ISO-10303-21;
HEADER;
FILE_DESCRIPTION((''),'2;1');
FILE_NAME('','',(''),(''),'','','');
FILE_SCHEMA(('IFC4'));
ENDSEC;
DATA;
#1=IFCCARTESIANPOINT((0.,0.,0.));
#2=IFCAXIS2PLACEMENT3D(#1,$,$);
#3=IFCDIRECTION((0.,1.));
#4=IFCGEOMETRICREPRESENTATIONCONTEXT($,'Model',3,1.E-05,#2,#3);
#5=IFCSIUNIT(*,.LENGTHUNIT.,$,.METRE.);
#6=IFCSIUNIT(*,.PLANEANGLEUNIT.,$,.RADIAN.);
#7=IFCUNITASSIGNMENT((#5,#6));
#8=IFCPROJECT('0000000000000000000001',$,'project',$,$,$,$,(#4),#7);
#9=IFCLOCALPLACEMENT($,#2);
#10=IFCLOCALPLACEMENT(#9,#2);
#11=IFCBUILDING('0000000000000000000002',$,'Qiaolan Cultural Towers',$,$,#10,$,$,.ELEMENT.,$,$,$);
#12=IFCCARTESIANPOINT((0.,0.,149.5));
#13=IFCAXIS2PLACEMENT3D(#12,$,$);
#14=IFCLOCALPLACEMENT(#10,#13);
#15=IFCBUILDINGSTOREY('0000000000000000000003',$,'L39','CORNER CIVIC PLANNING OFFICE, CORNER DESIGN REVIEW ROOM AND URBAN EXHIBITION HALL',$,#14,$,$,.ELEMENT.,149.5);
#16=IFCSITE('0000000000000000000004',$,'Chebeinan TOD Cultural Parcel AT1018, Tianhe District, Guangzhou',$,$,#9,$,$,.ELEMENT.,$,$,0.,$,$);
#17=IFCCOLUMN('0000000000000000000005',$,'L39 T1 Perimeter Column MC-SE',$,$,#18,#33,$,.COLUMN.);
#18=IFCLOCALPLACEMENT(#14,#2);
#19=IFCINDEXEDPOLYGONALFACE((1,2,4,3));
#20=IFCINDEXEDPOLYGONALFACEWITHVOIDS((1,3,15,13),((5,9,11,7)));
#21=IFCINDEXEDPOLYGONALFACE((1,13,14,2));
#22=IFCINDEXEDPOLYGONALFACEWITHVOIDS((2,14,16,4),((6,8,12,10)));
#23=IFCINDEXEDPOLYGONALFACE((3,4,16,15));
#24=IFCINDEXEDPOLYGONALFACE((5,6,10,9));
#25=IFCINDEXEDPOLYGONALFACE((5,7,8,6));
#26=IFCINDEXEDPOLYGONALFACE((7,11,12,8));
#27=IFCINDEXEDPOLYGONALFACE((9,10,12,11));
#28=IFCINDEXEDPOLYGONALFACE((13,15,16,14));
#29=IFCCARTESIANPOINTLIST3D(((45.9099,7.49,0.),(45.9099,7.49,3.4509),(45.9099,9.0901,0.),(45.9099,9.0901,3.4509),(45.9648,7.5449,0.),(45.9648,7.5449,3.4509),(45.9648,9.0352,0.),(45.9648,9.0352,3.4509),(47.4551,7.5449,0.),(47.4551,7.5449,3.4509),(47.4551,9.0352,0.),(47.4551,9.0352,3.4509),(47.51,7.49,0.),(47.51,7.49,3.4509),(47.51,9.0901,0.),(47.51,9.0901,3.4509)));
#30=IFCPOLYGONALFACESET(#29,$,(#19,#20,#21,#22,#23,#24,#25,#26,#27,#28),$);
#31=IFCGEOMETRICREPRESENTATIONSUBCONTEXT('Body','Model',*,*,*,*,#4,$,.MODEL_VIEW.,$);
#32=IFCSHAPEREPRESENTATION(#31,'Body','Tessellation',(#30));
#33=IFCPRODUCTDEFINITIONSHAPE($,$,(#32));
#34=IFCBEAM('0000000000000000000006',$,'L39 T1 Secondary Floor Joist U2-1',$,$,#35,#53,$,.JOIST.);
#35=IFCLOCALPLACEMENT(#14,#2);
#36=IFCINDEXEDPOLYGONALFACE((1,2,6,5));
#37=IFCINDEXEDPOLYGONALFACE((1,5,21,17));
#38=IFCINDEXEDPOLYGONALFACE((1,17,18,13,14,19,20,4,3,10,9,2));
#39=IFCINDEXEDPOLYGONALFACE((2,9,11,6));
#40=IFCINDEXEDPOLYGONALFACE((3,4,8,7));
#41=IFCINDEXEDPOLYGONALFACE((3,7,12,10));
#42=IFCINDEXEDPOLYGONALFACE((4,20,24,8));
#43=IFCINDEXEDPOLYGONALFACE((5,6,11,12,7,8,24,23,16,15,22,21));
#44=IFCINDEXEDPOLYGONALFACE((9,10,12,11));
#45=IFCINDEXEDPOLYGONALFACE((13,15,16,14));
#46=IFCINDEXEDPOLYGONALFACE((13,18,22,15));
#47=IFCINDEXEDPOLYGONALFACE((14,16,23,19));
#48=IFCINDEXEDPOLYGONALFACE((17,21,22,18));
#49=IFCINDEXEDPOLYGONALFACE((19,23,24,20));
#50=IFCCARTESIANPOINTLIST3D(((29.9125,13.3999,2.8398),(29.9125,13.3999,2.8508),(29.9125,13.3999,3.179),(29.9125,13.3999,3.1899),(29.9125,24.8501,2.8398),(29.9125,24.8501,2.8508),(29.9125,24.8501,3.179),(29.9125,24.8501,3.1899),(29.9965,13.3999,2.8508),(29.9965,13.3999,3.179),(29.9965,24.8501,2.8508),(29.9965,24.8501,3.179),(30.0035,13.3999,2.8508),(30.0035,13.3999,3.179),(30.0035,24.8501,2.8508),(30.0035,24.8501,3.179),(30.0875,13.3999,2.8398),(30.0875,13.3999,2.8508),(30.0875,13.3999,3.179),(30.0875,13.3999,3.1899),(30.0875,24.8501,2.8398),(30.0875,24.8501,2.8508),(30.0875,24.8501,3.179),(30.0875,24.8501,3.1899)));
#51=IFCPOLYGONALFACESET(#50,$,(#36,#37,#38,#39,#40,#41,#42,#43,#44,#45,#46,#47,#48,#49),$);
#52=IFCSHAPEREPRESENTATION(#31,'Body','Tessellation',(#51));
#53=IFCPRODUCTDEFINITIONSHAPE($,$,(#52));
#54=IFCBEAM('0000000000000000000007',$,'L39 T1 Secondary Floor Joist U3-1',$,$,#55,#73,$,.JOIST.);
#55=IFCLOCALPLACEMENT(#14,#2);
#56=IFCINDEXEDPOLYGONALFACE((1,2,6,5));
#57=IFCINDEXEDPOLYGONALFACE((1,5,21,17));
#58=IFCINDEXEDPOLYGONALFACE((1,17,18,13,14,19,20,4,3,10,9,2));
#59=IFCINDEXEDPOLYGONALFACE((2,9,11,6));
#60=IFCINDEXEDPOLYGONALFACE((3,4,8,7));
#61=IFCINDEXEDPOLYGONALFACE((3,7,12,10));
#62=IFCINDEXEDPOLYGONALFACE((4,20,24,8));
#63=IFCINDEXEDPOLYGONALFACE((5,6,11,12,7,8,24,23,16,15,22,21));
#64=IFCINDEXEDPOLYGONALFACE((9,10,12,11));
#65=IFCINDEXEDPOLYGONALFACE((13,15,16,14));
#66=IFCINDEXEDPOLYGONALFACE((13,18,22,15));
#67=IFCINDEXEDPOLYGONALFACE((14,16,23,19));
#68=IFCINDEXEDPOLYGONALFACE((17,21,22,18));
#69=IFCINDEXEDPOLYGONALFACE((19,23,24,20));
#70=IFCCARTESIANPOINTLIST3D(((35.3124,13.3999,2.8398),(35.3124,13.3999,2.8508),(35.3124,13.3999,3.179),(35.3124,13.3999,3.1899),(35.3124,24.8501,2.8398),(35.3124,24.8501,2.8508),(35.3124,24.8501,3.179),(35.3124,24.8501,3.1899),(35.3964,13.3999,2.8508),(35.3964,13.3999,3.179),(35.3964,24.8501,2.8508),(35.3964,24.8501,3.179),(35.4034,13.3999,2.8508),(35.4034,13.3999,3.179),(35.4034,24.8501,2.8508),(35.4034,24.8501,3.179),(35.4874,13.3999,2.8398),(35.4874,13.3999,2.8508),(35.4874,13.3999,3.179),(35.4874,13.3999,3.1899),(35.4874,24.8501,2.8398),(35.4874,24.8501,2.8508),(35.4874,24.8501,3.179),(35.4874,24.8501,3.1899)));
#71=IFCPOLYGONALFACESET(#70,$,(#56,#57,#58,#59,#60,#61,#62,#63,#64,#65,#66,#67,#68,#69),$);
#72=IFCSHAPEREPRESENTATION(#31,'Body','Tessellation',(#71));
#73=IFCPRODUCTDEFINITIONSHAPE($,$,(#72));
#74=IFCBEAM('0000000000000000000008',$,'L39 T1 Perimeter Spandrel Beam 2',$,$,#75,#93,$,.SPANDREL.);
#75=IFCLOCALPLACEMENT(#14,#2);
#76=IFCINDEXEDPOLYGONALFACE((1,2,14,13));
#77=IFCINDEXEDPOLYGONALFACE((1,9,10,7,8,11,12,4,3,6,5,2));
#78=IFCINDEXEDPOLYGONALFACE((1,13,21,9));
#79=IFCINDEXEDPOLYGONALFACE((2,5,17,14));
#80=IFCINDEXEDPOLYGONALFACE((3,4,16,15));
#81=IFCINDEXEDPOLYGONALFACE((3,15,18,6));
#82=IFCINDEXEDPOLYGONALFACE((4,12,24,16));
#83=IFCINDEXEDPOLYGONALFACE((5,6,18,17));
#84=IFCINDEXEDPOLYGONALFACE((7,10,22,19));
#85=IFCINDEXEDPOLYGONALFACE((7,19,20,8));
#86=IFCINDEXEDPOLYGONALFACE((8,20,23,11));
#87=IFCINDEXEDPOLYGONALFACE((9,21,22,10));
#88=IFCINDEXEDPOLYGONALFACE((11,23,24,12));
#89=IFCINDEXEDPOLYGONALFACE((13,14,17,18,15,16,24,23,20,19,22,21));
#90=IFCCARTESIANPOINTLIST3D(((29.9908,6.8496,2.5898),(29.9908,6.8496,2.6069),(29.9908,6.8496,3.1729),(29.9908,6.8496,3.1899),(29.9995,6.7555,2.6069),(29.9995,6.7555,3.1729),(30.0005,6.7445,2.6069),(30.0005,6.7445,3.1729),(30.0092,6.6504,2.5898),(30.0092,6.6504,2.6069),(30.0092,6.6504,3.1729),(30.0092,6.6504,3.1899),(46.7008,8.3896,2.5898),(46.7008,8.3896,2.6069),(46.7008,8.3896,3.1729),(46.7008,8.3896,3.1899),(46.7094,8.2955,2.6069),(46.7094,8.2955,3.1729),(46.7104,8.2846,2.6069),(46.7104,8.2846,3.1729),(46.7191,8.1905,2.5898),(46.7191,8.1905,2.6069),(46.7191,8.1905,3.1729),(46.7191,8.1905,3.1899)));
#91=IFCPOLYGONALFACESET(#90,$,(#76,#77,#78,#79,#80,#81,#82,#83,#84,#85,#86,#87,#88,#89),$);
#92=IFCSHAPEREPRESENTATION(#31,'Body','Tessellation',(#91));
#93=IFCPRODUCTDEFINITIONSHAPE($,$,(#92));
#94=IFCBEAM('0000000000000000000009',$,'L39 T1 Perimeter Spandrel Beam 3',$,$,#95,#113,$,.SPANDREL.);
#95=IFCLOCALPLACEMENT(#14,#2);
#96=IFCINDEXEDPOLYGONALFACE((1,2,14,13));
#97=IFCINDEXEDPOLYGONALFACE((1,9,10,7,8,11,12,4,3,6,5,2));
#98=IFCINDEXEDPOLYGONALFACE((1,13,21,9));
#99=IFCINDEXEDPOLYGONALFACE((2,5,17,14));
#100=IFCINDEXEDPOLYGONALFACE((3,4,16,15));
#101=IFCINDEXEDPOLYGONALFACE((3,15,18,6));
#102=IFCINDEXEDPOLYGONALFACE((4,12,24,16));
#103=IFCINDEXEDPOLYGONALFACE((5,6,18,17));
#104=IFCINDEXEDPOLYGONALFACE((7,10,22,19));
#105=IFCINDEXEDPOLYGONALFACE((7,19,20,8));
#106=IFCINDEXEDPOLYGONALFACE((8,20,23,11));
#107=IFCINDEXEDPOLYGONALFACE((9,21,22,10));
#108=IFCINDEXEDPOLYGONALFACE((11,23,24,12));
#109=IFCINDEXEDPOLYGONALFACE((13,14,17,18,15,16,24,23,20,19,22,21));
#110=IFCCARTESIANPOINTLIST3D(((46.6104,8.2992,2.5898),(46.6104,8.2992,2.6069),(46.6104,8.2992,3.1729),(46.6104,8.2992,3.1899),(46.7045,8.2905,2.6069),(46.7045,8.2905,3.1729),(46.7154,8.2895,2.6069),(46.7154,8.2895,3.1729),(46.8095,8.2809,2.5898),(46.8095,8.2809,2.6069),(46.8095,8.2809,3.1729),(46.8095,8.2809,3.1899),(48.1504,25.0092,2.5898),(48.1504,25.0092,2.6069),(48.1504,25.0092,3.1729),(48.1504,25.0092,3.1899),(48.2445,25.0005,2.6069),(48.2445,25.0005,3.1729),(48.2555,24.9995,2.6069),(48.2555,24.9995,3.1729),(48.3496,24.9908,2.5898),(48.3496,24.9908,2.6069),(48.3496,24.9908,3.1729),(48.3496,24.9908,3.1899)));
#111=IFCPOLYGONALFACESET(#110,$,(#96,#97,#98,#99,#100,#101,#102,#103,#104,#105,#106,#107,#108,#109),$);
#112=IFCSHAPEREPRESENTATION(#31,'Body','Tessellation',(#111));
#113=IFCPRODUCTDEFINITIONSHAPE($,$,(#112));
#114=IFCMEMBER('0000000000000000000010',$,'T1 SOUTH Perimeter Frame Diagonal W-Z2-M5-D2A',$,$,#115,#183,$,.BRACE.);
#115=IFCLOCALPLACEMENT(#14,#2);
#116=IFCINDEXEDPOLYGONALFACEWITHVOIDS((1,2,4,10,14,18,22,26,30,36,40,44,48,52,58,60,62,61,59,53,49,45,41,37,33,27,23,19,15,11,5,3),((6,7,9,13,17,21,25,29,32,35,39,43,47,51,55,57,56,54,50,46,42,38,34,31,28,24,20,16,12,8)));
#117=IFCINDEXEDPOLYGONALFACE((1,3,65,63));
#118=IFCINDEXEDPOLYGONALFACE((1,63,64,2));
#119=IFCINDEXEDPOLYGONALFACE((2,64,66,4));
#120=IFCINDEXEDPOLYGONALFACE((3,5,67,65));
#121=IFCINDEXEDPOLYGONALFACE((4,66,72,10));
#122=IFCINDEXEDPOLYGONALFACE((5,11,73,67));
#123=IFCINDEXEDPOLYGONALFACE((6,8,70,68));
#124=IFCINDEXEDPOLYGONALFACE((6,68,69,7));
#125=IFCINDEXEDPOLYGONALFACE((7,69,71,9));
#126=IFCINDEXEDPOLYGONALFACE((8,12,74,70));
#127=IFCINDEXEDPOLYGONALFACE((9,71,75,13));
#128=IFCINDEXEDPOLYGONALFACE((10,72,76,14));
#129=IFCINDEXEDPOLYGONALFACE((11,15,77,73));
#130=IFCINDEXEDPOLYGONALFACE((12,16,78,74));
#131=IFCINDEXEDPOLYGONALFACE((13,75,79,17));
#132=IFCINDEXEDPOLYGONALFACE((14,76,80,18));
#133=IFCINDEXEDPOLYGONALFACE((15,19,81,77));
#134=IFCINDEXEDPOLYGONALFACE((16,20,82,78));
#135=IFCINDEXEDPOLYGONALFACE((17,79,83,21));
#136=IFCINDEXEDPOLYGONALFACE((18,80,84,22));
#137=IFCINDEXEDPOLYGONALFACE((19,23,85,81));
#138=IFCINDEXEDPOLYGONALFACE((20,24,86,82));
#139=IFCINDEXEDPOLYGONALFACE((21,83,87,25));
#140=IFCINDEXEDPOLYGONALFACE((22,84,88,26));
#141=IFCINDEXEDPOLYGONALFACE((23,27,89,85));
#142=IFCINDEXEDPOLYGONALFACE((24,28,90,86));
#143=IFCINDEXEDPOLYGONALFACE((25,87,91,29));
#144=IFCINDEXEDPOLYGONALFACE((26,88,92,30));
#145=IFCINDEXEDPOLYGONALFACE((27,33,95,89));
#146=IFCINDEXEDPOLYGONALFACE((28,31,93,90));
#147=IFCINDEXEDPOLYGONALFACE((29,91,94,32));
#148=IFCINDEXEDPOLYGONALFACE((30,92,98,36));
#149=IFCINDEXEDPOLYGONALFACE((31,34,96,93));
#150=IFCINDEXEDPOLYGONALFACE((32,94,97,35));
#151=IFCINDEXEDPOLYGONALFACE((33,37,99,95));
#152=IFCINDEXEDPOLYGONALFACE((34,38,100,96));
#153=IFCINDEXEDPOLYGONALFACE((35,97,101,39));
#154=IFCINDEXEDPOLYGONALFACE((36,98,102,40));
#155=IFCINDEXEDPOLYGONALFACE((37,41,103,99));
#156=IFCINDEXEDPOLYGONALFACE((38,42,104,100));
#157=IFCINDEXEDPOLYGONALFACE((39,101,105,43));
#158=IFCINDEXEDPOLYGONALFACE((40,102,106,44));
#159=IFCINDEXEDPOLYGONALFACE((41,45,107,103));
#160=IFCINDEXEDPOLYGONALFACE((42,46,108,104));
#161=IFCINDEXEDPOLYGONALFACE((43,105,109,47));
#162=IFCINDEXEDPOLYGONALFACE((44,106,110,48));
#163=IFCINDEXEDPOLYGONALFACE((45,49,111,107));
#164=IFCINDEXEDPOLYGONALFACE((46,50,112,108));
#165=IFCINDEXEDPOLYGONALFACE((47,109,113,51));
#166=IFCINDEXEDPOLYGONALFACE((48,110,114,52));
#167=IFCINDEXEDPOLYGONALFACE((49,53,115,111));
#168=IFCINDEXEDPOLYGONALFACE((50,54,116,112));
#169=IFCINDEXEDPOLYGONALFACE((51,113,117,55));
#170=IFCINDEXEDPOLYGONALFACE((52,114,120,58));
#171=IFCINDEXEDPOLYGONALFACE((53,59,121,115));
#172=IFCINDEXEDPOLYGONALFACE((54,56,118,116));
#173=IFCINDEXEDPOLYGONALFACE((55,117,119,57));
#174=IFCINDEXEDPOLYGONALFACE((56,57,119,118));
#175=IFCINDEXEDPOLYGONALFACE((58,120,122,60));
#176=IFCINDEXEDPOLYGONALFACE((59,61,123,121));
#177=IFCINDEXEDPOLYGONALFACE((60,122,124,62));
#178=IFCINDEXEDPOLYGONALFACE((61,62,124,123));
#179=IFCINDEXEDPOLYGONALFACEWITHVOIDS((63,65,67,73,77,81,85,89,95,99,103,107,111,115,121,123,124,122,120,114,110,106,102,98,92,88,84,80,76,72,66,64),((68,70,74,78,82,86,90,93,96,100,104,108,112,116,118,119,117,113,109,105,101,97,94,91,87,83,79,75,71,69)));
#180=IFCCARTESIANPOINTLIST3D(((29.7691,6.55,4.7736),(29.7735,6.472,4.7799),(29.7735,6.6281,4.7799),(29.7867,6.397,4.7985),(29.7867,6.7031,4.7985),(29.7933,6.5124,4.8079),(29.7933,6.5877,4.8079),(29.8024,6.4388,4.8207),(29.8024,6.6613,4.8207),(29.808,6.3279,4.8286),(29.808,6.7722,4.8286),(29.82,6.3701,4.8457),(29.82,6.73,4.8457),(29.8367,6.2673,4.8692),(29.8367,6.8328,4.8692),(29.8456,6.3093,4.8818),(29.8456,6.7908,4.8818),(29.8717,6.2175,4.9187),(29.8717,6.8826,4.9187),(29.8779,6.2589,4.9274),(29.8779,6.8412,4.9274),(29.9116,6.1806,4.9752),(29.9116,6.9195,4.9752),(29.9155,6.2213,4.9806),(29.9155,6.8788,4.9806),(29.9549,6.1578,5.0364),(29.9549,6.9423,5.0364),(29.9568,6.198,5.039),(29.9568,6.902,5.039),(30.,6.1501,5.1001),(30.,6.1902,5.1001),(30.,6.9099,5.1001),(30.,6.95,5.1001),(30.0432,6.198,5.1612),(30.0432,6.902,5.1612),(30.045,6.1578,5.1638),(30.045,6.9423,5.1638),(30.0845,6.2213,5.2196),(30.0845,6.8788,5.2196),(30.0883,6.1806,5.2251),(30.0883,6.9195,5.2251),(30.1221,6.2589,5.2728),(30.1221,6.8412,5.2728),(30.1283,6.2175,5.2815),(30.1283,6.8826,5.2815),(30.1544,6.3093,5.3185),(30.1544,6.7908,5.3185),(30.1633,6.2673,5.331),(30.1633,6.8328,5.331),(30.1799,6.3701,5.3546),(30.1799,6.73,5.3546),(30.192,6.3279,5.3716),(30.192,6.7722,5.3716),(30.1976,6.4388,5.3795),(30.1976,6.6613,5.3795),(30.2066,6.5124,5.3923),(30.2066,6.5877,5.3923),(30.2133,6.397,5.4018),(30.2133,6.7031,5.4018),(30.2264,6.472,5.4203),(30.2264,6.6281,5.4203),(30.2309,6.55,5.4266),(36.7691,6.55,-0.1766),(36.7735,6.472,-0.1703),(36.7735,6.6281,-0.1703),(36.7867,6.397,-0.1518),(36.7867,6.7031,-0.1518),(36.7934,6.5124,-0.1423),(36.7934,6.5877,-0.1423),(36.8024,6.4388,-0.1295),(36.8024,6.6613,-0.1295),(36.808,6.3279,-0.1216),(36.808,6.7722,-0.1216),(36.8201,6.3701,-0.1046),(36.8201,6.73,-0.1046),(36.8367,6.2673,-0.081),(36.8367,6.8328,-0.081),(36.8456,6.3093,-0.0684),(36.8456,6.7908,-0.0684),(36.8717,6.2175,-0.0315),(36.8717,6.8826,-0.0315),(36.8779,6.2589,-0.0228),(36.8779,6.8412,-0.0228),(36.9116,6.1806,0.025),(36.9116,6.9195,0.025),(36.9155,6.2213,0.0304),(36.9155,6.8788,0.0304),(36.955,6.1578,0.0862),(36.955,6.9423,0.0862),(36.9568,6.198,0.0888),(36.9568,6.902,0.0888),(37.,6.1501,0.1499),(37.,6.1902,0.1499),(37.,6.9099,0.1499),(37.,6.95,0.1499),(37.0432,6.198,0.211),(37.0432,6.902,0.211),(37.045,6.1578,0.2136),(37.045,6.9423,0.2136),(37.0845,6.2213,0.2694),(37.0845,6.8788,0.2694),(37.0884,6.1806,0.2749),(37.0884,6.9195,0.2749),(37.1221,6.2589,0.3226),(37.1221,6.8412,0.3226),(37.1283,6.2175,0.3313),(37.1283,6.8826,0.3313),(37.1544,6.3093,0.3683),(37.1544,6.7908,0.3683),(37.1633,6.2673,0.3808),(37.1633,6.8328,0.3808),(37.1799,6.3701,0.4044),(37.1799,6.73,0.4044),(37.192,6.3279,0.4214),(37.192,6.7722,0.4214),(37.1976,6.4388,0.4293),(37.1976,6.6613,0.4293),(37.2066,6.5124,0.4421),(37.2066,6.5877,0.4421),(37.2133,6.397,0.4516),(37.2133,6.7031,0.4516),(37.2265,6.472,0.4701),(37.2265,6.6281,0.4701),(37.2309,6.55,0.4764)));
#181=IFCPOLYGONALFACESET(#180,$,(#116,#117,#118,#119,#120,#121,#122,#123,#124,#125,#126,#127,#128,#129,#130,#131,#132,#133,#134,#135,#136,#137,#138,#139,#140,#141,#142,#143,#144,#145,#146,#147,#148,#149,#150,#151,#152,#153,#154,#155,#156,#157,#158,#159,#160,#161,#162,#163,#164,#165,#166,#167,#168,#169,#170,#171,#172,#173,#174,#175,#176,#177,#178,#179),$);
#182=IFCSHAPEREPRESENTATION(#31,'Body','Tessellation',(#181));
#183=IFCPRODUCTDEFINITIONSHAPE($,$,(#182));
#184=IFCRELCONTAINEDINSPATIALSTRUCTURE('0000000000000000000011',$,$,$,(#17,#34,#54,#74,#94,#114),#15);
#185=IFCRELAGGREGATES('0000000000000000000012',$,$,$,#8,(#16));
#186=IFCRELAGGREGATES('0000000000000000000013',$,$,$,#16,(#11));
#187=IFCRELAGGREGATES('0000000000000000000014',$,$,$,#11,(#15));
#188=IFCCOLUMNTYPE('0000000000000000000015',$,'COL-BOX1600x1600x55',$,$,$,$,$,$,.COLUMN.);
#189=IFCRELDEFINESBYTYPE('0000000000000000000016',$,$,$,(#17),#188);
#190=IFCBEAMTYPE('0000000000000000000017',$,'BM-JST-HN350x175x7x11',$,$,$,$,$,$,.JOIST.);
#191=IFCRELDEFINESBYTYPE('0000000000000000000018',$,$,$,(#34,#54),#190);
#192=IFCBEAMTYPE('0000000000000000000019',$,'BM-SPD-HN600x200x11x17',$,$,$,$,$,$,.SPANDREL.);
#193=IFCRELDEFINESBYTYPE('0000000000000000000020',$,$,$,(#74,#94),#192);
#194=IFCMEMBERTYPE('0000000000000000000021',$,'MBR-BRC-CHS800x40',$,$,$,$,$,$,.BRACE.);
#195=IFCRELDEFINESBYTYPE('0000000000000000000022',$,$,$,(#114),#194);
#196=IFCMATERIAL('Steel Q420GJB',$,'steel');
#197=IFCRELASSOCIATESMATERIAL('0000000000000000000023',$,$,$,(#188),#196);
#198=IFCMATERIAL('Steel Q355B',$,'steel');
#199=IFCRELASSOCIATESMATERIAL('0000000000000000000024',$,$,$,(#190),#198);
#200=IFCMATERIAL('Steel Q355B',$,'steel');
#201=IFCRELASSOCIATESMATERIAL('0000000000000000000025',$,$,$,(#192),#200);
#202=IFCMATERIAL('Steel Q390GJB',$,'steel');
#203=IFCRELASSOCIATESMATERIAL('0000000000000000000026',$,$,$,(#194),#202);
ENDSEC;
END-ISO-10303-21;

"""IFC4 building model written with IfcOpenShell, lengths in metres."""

from ifc_helpers import new_model, si_unit, direction, frame, origin, origin_2d, place, context, subcontext, project, spatial, hollow_rectangle, hollow_circle, i_section, extrude, material, material_profile, profile_set, type_object, element, save


model = new_model("IFC4")

# Units and contexts
model_context = context("Model", 3, precision=1e-05, world=origin(), true_north=direction((0.0, 1.0)))
body_context = subcontext(model_context, "Body", "Model", "MODEL_VIEW")
ifc_project = project(units=[si_unit("LENGTHUNIT", "METRE"), si_unit("PLANEANGLEUNIT", "RADIAN")], contexts=[model_context])

# Site, building, storey
site_placement = place(None, origin())
site = spatial("IfcSite", under=ifc_project, at=site_placement, Name="Chebeinan TOD Cultural Parcel AT1018, Tianhe District, Guangzhou", CompositionType="ELEMENT", RefElevation=0.0)
building_placement = place(site_placement, origin())
building = spatial("IfcBuilding", under=site, at=building_placement, Name="Qiaolan Cultural Towers", CompositionType="ELEMENT")
storey_placement = place(building_placement, frame((0.0, 0.0, 149.5)))
storey = spatial("IfcBuildingStorey", under=building, at=storey_placement, Name="L39", Description="CORNER CIVIC PLANNING OFFICE, CORNER DESIGN REVIEW ROOM AND URBAN EXHIBITION HALL", CompositionType="ELEMENT", Elevation=149.5)

# Column
ifc_material_1 = material(Name="Steel Q420GJB", Category="steel")
ifc_material_profile_1 = material_profile(ifc_material_1, hollow_rectangle(XDim=1.6001, YDim=1.6001, WallThickness=0.0549, at=origin_2d()), Name="BOX1600x1600x55")
ifc_profile_set_1 = profile_set([ifc_material_profile_1], Name="Steel Q420GJB")
column_type = type_object("IfcColumnType", Name="COL-BOX1600x1600x55", PredefinedType="COLUMN", material=ifc_profile_set_1)
column_placement = place(storey_placement, frame((46.71, 8.29, 0.0), z_axis=(0.0, 0.0, 1.0), x_axis=(1.0, 0.0, 0.0)))
element("IfcColumn", 1, at=column_placement, inside=storey, type_object=column_type, Name="L39 T1 Perimeter Column MC-SE", PredefinedType="COLUMN", context=body_context, shape_type="SweptSolid", body=[
    extrude(hollow_rectangle(XDim=1.6001, YDim=1.6001, WallThickness=0.0549, at=origin_2d()), origin(), (0.0, 0.0, 1.0), 3.4509),
])

# Beams
ifc_material_2 = material(Name="Steel Q355B", Category="steel")
ifc_material_profile_2 = material_profile(ifc_material_2, i_section(OverallWidth=0.175, OverallDepth=0.3501, WebThickness=0.0071, FlangeThickness=0.011, at=origin_2d()), Name="HN350x175x7x11")
ifc_profile_set_2 = profile_set([ifc_material_profile_2], Name="Steel Q355B")
beam_type_1 = type_object("IfcBeamType", Name="BM-JST-HN350x175x7x11", PredefinedType="JOIST", material=ifc_profile_set_2)
for number, where, z_axis, x_axis, name in (
    (2, (30.0, 13.3999, 3.0149), (0.0, 1.0, 0.0), (-1.0, 0.0, 0.0), "L39 T1 Secondary Floor Joist U2-1"),
    (3, (35.3999, 13.3999, 3.0149), (0.0, 1.0, 0.0), (-1.0, 0.0, 0.0), "L39 T1 Secondary Floor Joist U3-1"),
):
    element("IfcBeam", number, at=place(storey_placement, frame(where, z_axis=z_axis, x_axis=x_axis)), inside=storey, type_object=beam_type_1, Name=name, PredefinedType="JOIST", context=body_context, shape_type="SweptSolid", body=[
        extrude(i_section(OverallWidth=0.175, OverallDepth=0.3501, WebThickness=0.0071, FlangeThickness=0.011, at=origin_2d()), origin(), (0.0, 0.0, 1.0), 11.4502),
    ])
ifc_material_3 = material(Name="Steel Q355B", Category="steel")
ifc_material_profile_3 = material_profile(ifc_material_3, i_section(OverallWidth=0.2, OverallDepth=0.6001, WebThickness=0.011, FlangeThickness=0.0171, at=origin_2d()), Name="HN600x200x11x17")
ifc_profile_set_3 = profile_set([ifc_material_profile_3], Name="Steel Q355B")
beam_type_2 = type_object("IfcBeamType", Name="BM-SPD-HN600x200x11x17", PredefinedType="SPANDREL", material=ifc_profile_set_3)
for number, where, z_axis, x_axis, name in (
    (4, (30.0, 6.75, 2.8899), (0.99578, 0.091774, 0.0), (-0.091774, 0.99578, 0.0), "L39 T1 Perimeter Spandrel Beam 2"),
    (5, (46.71, 8.29, 2.8899), (0.091774, 0.99578, 0.0), (-0.99578, 0.091774, 0.0), "L39 T1 Perimeter Spandrel Beam 3"),
):
    element("IfcBeam", number, at=place(storey_placement, frame(where, z_axis=z_axis, x_axis=x_axis)), inside=storey, type_object=beam_type_2, Name=name, PredefinedType="SPANDREL", context=body_context, shape_type="SweptSolid", body=[
        extrude(i_section(OverallWidth=0.2, OverallDepth=0.6001, WebThickness=0.011, FlangeThickness=0.0171, at=origin_2d()), origin(), (0.0, 0.0, 1.0), 16.7808),
    ])

# Member
ifc_material_4 = material(Name="Steel Q390GJB", Category="steel")
ifc_material_profile_4 = material_profile(ifc_material_4, hollow_circle(Radius=0.3999, WallThickness=0.04, at=origin_2d()), Name="CHS800x40")
ifc_profile_set_4 = profile_set([ifc_material_profile_4], Name="Steel Q390GJB")
member_type = type_object("IfcMemberType", Name="MBR-BRC-CHS800x40", PredefinedType="BRACE", material=ifc_profile_set_4)
member_placement = place(storey_placement, frame((37.0, 6.55, 0.1499), z_axis=(-0.816472, 0.0, 0.577385), x_axis=(0.0, -1.0, 0.0)))
element("IfcMember", 6, at=member_placement, inside=storey, type_object=member_type, Name="T1 SOUTH Perimeter Frame Diagonal W-Z2-M5-D2A", PredefinedType="BRACE", context=body_context, shape_type="SweptSolid", body=[
    extrude(hollow_circle(Radius=0.3999, WallThickness=0.04, at=origin_2d()), origin(), (0.0, 0.0, 1.0), 8.5735),
])

save(model, "model.ifc")
